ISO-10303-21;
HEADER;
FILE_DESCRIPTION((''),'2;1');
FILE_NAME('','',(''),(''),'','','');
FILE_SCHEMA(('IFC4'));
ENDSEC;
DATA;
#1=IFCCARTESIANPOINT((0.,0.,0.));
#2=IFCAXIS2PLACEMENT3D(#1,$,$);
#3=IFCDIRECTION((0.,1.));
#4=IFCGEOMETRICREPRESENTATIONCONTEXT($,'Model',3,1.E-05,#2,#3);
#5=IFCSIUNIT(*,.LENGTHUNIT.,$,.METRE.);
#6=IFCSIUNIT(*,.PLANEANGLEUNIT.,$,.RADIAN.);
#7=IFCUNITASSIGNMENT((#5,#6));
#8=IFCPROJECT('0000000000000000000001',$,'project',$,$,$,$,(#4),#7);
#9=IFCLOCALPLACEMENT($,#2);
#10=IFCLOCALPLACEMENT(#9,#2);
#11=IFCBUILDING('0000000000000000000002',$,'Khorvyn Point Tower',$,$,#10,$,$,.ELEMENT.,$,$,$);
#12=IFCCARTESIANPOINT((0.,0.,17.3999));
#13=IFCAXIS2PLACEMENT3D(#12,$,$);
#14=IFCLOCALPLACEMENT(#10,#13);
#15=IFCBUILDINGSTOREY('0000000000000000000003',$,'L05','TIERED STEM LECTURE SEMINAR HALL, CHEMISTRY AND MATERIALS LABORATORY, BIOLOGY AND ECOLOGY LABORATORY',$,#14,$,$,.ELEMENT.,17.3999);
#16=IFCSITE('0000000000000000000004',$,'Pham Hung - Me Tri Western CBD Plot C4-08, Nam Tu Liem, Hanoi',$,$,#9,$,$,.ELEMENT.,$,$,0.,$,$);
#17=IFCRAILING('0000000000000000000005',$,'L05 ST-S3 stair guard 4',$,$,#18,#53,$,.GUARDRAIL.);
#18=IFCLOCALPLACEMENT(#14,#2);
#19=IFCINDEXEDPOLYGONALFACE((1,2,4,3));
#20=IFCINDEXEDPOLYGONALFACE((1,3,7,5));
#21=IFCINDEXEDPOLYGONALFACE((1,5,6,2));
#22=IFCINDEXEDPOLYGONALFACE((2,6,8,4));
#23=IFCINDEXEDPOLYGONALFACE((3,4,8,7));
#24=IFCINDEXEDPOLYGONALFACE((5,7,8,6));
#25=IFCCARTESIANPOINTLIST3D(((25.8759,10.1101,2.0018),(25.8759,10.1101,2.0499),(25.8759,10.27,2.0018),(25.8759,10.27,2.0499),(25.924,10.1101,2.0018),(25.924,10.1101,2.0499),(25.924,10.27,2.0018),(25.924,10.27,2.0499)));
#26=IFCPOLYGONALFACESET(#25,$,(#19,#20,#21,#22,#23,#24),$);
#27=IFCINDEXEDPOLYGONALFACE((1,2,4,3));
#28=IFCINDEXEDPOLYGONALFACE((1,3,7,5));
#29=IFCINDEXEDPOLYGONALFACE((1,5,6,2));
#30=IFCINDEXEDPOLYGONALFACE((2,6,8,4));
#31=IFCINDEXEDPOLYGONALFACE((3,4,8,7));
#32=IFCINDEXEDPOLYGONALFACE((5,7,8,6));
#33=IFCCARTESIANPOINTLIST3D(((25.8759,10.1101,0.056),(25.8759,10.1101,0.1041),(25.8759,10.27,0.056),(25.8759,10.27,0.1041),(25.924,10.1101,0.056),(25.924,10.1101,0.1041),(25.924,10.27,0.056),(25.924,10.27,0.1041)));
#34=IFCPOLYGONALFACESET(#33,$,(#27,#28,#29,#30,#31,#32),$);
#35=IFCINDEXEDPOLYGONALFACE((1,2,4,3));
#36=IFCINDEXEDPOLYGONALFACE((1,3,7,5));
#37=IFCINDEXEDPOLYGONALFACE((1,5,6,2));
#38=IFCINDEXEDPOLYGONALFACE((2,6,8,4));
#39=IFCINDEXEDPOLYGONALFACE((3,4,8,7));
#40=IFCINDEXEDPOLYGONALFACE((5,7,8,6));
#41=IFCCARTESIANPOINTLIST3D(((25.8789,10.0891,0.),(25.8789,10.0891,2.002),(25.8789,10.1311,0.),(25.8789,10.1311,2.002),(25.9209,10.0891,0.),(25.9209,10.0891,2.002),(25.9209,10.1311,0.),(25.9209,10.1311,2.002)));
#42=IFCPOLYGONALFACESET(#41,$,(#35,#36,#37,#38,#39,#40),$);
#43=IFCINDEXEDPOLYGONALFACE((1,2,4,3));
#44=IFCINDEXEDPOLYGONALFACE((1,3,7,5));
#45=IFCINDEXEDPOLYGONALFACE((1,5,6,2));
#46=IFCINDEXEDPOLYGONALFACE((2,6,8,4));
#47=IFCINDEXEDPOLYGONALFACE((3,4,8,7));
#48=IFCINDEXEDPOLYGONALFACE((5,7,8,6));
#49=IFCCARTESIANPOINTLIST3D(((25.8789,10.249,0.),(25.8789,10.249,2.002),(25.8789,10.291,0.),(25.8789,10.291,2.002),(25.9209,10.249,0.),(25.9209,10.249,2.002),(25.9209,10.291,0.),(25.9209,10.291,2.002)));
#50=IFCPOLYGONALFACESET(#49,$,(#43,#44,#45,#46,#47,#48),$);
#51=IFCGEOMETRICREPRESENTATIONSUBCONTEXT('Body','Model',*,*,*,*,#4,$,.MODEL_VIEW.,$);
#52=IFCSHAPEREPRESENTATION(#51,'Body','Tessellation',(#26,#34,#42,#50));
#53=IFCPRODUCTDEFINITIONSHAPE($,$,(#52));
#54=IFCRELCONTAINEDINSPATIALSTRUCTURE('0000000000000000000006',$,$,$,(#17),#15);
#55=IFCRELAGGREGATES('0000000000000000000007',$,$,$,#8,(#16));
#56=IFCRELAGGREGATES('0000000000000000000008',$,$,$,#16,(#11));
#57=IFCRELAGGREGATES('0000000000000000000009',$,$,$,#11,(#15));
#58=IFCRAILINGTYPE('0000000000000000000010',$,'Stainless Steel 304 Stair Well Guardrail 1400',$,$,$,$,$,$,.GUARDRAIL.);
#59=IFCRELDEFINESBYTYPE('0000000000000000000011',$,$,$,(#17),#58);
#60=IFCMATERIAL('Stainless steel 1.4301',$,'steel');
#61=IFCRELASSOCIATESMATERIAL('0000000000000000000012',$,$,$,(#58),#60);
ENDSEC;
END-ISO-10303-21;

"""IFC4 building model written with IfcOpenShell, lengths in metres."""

from ifc_helpers import new_model, si_unit, direction, frame, origin, origin_2d, place, context, subcontext, project, spatial, rectangle, extrude, material, type_object, element, save


model = new_model("IFC4")

# Units and contexts
model_context = context("Model", 3, precision=1e-05, world=origin(), true_north=direction((0.0, 1.0)))
body_context = subcontext(model_context, "Body", "Model", "MODEL_VIEW")
ifc_project = project(units=[si_unit("LENGTHUNIT", "METRE"), si_unit("PLANEANGLEUNIT", "RADIAN")], contexts=[model_context])

# Site, building, storey
site_placement = place(None, origin())
site = spatial("IfcSite", under=ifc_project, at=site_placement, Name="Pham Hung - Me Tri Western CBD Plot C4-08, Nam Tu Liem, Hanoi", CompositionType="ELEMENT", RefElevation=0.0)
building_placement = place(site_placement, origin())
building = spatial("IfcBuilding", under=site, at=building_placement, Name="Khorvyn Point Tower", CompositionType="ELEMENT")
storey_placement = place(building_placement, frame((0.0, 0.0, 17.3999)))
storey = spatial("IfcBuildingStorey", under=building, at=storey_placement, Name="L05", Description="TIERED STEM LECTURE SEMINAR HALL, CHEMISTRY AND MATERIALS LABORATORY, BIOLOGY AND ECOLOGY LABORATORY", CompositionType="ELEMENT", Elevation=17.3999)

# Railing
ifc_material_1 = material(Name="Stainless steel 1.4301", Category="steel")
railing_type_1 = type_object("IfcRailingType", Name="Stainless Steel 304 Stair Well Guardrail 1400", PredefinedType="GUARDRAIL", material=ifc_material_1)
railing_1_placement = place(storey_placement, frame((25.8999, 10.1101, 0.0)))
element("IfcRailing", 1, at=railing_1_placement, inside=storey, type_object=railing_type_1, Name="L05 ST-S3 stair guard 4", PredefinedType="GUARDRAIL", context=body_context, shape_type="SweptSolid", body=[
    extrude(rectangle(XDim=0.0481, YDim=0.0481, at=origin_2d()), frame((0.0, 0.0, 2.0259), z_axis=(0.0, 1.0, 0.0), x_axis=(-1.0, 0.0, 0.0)), (0.0, 0.0, 1.0), 0.1599),
    extrude(rectangle(XDim=0.0481, YDim=0.0481, at=origin_2d()), frame((0.0, 0.0, 0.0801), z_axis=(0.0, 1.0, 0.0), x_axis=(-1.0, 0.0, 0.0)), (0.0, 0.0, 1.0), 0.1599),
    extrude(rectangle(XDim=0.042, YDim=0.042, at=origin_2d()), origin(), (0.0, 0.0, 1.0), 2.002),
    extrude(rectangle(XDim=0.042, YDim=0.042, at=origin_2d()), frame((0.0, 0.1599, 0.0)), (0.0, 0.0, 1.0), 2.002),
])

save(model, "model.ifc")
